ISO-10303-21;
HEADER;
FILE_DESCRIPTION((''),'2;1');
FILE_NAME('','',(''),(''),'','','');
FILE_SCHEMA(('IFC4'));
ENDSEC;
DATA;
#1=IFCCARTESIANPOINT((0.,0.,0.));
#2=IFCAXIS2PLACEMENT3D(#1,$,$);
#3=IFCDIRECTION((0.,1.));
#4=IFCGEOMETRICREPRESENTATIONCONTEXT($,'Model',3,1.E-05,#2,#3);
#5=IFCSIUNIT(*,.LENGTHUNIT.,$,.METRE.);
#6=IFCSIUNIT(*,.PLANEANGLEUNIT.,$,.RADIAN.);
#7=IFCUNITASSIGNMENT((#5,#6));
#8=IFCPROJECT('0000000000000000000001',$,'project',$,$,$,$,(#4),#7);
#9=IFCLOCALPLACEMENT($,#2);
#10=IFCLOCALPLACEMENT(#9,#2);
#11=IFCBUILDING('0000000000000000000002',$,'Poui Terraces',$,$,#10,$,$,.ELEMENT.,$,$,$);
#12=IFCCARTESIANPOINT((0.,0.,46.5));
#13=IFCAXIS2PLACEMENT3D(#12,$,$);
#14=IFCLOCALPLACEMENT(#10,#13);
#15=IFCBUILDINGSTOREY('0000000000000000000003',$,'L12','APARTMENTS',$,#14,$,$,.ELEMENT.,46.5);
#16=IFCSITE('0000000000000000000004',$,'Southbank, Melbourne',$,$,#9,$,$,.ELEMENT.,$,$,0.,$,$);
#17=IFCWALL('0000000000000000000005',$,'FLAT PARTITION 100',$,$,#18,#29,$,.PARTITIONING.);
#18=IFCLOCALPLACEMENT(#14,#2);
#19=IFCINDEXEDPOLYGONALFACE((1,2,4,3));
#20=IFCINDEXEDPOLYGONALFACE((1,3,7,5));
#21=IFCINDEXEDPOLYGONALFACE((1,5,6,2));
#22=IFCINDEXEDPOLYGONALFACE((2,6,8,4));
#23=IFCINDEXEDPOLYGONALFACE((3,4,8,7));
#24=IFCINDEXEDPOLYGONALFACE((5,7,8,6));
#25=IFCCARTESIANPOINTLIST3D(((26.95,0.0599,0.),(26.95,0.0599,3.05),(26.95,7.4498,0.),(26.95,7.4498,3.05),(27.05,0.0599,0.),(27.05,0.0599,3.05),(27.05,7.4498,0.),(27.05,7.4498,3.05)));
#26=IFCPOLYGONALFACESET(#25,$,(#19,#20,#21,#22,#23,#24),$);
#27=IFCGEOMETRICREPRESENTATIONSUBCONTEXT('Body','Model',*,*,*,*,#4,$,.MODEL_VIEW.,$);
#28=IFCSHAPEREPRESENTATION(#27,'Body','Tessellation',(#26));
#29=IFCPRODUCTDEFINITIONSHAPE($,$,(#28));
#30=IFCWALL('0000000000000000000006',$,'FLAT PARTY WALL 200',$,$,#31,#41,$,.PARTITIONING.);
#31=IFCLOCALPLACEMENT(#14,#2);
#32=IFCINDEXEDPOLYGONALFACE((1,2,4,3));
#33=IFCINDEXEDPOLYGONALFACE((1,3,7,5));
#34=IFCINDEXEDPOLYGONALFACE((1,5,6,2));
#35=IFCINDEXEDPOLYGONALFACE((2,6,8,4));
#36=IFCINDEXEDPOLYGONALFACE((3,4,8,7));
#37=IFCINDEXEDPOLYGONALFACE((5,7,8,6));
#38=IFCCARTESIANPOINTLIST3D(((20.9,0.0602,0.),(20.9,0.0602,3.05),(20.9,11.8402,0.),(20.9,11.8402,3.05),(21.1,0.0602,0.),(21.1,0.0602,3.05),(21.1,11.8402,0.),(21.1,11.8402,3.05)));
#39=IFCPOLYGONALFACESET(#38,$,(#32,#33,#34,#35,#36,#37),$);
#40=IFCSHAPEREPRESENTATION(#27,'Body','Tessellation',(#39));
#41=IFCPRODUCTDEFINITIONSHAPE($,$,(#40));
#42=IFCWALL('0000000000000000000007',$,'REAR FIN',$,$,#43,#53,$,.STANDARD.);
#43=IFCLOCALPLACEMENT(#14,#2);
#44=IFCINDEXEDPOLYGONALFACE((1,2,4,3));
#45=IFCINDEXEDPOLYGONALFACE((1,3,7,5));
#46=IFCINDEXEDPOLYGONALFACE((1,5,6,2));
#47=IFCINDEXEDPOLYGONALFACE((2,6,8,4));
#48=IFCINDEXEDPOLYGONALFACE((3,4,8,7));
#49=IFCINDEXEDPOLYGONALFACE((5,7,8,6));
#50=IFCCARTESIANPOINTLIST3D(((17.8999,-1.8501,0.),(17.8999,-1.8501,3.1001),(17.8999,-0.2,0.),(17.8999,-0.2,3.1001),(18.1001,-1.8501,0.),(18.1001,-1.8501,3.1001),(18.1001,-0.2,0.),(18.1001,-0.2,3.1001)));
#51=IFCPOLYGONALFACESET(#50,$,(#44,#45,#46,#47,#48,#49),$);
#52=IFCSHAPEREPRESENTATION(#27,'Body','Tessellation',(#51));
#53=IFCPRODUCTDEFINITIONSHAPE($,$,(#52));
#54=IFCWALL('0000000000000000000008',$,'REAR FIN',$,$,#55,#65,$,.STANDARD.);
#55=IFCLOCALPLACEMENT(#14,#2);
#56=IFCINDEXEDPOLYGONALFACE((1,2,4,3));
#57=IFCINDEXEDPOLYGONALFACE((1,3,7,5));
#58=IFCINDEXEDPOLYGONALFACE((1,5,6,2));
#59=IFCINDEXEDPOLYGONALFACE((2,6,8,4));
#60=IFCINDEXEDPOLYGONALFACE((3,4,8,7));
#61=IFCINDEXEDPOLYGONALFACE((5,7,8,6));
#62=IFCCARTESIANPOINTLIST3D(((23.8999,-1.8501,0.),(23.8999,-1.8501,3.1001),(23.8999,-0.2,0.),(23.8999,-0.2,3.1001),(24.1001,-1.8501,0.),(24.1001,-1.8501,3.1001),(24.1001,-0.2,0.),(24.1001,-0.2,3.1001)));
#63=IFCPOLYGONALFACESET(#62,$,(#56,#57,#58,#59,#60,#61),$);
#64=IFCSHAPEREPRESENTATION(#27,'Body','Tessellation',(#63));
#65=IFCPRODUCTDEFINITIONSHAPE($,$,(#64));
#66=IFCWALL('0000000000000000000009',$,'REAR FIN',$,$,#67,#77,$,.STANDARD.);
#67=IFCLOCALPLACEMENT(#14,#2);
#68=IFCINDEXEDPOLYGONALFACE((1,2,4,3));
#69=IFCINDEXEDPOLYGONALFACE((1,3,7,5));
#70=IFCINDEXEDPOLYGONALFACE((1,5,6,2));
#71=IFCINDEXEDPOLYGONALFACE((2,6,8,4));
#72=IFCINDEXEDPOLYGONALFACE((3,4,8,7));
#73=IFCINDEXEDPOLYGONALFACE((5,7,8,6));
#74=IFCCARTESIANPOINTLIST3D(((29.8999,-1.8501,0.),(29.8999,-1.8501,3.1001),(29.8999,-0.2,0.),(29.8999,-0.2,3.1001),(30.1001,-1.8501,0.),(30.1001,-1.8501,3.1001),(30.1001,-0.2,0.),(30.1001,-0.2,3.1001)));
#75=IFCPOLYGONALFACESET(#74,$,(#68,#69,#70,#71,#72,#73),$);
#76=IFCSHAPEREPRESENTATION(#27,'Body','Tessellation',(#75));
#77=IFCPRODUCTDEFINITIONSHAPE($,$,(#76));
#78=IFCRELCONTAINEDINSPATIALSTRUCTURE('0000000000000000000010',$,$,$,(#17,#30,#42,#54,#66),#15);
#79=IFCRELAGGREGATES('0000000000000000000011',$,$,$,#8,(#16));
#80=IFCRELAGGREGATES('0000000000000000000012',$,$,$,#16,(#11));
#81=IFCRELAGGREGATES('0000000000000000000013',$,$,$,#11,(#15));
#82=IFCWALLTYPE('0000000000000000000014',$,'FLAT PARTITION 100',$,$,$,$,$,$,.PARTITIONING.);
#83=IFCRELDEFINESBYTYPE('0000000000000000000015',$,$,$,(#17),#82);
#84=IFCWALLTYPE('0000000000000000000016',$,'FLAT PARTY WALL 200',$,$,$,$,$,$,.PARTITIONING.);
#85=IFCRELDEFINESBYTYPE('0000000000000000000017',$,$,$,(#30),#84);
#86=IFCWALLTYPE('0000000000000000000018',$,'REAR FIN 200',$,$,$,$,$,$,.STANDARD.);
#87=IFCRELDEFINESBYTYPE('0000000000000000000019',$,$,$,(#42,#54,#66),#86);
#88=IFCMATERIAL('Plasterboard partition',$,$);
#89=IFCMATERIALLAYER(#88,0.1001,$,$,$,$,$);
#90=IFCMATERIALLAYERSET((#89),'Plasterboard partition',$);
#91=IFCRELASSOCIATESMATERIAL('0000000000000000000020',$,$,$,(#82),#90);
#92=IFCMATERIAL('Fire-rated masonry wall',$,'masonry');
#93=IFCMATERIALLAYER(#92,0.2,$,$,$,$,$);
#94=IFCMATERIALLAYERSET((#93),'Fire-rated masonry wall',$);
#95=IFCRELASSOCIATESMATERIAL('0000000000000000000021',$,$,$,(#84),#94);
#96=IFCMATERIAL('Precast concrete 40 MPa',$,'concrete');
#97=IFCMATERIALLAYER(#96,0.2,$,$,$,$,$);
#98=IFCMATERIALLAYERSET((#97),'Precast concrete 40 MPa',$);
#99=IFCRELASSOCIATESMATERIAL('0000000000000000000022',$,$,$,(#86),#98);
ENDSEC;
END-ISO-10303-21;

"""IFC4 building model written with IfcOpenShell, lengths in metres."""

from ifc_helpers import new_model, si_unit, direction, frame, frame_2d, origin, place, context, subcontext, project, spatial, polyline, rectangle, outline, extrude, source, transform, mapped, material, layer, layer_set, type_object, element, save


model = new_model("IFC4")

# Units and contexts
model_context = context("Model", 3, precision=1e-05, world=origin(), true_north=direction((0.0, 1.0)))
body_context = subcontext(model_context, "Body", "Model", "MODEL_VIEW")
ifc_project = project(units=[si_unit("LENGTHUNIT", "METRE"), si_unit("PLANEANGLEUNIT", "RADIAN")], contexts=[model_context])

# Site, building, storey
site_placement = place(None, origin())
site = spatial("IfcSite", under=ifc_project, at=site_placement, Name="Southbank, Melbourne", CompositionType="ELEMENT", RefElevation=0.0)
building_placement = place(site_placement, origin())
building = spatial("IfcBuilding", under=site, at=building_placement, Name="Poui Terraces", CompositionType="ELEMENT")
storey_placement = place(building_placement, frame((0.0, 0.0, 46.5)))
storey = spatial("IfcBuildingStorey", under=building, at=storey_placement, Name="L12", Description="APARTMENTS", CompositionType="ELEMENT", Elevation=46.5)

# Shared definitions
ifc_material_1 = material(Name="Precast concrete 40 MPa", Category="concrete")

# Shared definitions
ifc_material_2 = material(Name="Plasterboard partition")
ifc_layer_1 = layer(ifc_material_2, 0.1001)
ifc_layer_set_1 = layer_set([ifc_layer_1], Name="Plasterboard partition")
wall_type_1 = type_object("IfcWallType", Name="FLAT PARTITION 100", PredefinedType="PARTITIONING", material=ifc_layer_set_1)

# Walls
wall_1_placement = place(storey_placement, frame((27.0, 0.0601, 0.0), z_axis=(0.0, 0.0, 1.0), x_axis=(0.0, 1.0, 0.0)))
element("IfcWall", 1, at=wall_1_placement, inside=storey, type_object=wall_type_1, Name="FLAT PARTITION 100", PredefinedType="PARTITIONING", context=body_context, shape_type="SweptSolid", body=[
    extrude(rectangle(XDim=7.3899, YDim=0.1001, at=frame_2d((3.6948, 0.0))), origin(), (0.0, 0.0, 1.0), 3.05),
])
ifc_material_3 = material(Name="Fire-rated masonry wall", Category="masonry")
ifc_layer_2 = layer(ifc_material_3, 0.2)
ifc_layer_set_2 = layer_set([ifc_layer_2], Name="Fire-rated masonry wall")
wall_type_2 = type_object("IfcWallType", Name="FLAT PARTY WALL 200", PredefinedType="PARTITIONING", material=ifc_layer_set_2)
wall_2_placement = place(storey_placement, frame((21.0, 0.0601, 0.0), z_axis=(0.0, 0.0, 1.0), x_axis=(0.0, 1.0, 0.0)))
element("IfcWall", 2, at=wall_2_placement, inside=storey, type_object=wall_type_2, Name="FLAT PARTY WALL 200", PredefinedType="PARTITIONING", context=body_context, shape_type="SweptSolid", body=[
    extrude(rectangle(XDim=11.78, YDim=0.2, at=frame_2d((5.8901, 0.0))), origin(), (0.0, 0.0, 1.0), 3.05),
])
ifc_layer_3 = layer(ifc_material_1, 0.2)
ifc_layer_set_3 = layer_set([ifc_layer_3], Name="Precast concrete 40 MPa")
wall_type_3 = type_object("IfcWallType", Name="REAR FIN 200", PredefinedType="STANDARD", material=ifc_layer_set_3)
shared_shape_1 = source(origin(), body_context, "Body", "SweptSolid", [
    extrude(outline(polyline([(0.0, 0.0), (0.2002, 0.0), (0.2002, 1.6501), (0.0, 1.6501), (0.0, 0.0)])), origin(), (0.0, 0.0, 1.0), 3.1001),
])
for number, where, name in (
    (3, (17.8999, -1.8501, 0.0), "REAR FIN"),
    (4, (23.8999, -1.8501, 0.0), "REAR FIN"),
    (5, (29.8999, -1.8501, 0.0), "REAR FIN"),
):
    element("IfcWall", number, at=place(storey_placement, frame(where)), inside=storey, type_object=wall_type_3, Name=name, PredefinedType="STANDARD", context=body_context, shape_type="MappedRepresentation", body=[
        mapped(shared_shape_1, transform((0.0, 0.0, 0.0))),
    ])

save(model, "model.ifc")
